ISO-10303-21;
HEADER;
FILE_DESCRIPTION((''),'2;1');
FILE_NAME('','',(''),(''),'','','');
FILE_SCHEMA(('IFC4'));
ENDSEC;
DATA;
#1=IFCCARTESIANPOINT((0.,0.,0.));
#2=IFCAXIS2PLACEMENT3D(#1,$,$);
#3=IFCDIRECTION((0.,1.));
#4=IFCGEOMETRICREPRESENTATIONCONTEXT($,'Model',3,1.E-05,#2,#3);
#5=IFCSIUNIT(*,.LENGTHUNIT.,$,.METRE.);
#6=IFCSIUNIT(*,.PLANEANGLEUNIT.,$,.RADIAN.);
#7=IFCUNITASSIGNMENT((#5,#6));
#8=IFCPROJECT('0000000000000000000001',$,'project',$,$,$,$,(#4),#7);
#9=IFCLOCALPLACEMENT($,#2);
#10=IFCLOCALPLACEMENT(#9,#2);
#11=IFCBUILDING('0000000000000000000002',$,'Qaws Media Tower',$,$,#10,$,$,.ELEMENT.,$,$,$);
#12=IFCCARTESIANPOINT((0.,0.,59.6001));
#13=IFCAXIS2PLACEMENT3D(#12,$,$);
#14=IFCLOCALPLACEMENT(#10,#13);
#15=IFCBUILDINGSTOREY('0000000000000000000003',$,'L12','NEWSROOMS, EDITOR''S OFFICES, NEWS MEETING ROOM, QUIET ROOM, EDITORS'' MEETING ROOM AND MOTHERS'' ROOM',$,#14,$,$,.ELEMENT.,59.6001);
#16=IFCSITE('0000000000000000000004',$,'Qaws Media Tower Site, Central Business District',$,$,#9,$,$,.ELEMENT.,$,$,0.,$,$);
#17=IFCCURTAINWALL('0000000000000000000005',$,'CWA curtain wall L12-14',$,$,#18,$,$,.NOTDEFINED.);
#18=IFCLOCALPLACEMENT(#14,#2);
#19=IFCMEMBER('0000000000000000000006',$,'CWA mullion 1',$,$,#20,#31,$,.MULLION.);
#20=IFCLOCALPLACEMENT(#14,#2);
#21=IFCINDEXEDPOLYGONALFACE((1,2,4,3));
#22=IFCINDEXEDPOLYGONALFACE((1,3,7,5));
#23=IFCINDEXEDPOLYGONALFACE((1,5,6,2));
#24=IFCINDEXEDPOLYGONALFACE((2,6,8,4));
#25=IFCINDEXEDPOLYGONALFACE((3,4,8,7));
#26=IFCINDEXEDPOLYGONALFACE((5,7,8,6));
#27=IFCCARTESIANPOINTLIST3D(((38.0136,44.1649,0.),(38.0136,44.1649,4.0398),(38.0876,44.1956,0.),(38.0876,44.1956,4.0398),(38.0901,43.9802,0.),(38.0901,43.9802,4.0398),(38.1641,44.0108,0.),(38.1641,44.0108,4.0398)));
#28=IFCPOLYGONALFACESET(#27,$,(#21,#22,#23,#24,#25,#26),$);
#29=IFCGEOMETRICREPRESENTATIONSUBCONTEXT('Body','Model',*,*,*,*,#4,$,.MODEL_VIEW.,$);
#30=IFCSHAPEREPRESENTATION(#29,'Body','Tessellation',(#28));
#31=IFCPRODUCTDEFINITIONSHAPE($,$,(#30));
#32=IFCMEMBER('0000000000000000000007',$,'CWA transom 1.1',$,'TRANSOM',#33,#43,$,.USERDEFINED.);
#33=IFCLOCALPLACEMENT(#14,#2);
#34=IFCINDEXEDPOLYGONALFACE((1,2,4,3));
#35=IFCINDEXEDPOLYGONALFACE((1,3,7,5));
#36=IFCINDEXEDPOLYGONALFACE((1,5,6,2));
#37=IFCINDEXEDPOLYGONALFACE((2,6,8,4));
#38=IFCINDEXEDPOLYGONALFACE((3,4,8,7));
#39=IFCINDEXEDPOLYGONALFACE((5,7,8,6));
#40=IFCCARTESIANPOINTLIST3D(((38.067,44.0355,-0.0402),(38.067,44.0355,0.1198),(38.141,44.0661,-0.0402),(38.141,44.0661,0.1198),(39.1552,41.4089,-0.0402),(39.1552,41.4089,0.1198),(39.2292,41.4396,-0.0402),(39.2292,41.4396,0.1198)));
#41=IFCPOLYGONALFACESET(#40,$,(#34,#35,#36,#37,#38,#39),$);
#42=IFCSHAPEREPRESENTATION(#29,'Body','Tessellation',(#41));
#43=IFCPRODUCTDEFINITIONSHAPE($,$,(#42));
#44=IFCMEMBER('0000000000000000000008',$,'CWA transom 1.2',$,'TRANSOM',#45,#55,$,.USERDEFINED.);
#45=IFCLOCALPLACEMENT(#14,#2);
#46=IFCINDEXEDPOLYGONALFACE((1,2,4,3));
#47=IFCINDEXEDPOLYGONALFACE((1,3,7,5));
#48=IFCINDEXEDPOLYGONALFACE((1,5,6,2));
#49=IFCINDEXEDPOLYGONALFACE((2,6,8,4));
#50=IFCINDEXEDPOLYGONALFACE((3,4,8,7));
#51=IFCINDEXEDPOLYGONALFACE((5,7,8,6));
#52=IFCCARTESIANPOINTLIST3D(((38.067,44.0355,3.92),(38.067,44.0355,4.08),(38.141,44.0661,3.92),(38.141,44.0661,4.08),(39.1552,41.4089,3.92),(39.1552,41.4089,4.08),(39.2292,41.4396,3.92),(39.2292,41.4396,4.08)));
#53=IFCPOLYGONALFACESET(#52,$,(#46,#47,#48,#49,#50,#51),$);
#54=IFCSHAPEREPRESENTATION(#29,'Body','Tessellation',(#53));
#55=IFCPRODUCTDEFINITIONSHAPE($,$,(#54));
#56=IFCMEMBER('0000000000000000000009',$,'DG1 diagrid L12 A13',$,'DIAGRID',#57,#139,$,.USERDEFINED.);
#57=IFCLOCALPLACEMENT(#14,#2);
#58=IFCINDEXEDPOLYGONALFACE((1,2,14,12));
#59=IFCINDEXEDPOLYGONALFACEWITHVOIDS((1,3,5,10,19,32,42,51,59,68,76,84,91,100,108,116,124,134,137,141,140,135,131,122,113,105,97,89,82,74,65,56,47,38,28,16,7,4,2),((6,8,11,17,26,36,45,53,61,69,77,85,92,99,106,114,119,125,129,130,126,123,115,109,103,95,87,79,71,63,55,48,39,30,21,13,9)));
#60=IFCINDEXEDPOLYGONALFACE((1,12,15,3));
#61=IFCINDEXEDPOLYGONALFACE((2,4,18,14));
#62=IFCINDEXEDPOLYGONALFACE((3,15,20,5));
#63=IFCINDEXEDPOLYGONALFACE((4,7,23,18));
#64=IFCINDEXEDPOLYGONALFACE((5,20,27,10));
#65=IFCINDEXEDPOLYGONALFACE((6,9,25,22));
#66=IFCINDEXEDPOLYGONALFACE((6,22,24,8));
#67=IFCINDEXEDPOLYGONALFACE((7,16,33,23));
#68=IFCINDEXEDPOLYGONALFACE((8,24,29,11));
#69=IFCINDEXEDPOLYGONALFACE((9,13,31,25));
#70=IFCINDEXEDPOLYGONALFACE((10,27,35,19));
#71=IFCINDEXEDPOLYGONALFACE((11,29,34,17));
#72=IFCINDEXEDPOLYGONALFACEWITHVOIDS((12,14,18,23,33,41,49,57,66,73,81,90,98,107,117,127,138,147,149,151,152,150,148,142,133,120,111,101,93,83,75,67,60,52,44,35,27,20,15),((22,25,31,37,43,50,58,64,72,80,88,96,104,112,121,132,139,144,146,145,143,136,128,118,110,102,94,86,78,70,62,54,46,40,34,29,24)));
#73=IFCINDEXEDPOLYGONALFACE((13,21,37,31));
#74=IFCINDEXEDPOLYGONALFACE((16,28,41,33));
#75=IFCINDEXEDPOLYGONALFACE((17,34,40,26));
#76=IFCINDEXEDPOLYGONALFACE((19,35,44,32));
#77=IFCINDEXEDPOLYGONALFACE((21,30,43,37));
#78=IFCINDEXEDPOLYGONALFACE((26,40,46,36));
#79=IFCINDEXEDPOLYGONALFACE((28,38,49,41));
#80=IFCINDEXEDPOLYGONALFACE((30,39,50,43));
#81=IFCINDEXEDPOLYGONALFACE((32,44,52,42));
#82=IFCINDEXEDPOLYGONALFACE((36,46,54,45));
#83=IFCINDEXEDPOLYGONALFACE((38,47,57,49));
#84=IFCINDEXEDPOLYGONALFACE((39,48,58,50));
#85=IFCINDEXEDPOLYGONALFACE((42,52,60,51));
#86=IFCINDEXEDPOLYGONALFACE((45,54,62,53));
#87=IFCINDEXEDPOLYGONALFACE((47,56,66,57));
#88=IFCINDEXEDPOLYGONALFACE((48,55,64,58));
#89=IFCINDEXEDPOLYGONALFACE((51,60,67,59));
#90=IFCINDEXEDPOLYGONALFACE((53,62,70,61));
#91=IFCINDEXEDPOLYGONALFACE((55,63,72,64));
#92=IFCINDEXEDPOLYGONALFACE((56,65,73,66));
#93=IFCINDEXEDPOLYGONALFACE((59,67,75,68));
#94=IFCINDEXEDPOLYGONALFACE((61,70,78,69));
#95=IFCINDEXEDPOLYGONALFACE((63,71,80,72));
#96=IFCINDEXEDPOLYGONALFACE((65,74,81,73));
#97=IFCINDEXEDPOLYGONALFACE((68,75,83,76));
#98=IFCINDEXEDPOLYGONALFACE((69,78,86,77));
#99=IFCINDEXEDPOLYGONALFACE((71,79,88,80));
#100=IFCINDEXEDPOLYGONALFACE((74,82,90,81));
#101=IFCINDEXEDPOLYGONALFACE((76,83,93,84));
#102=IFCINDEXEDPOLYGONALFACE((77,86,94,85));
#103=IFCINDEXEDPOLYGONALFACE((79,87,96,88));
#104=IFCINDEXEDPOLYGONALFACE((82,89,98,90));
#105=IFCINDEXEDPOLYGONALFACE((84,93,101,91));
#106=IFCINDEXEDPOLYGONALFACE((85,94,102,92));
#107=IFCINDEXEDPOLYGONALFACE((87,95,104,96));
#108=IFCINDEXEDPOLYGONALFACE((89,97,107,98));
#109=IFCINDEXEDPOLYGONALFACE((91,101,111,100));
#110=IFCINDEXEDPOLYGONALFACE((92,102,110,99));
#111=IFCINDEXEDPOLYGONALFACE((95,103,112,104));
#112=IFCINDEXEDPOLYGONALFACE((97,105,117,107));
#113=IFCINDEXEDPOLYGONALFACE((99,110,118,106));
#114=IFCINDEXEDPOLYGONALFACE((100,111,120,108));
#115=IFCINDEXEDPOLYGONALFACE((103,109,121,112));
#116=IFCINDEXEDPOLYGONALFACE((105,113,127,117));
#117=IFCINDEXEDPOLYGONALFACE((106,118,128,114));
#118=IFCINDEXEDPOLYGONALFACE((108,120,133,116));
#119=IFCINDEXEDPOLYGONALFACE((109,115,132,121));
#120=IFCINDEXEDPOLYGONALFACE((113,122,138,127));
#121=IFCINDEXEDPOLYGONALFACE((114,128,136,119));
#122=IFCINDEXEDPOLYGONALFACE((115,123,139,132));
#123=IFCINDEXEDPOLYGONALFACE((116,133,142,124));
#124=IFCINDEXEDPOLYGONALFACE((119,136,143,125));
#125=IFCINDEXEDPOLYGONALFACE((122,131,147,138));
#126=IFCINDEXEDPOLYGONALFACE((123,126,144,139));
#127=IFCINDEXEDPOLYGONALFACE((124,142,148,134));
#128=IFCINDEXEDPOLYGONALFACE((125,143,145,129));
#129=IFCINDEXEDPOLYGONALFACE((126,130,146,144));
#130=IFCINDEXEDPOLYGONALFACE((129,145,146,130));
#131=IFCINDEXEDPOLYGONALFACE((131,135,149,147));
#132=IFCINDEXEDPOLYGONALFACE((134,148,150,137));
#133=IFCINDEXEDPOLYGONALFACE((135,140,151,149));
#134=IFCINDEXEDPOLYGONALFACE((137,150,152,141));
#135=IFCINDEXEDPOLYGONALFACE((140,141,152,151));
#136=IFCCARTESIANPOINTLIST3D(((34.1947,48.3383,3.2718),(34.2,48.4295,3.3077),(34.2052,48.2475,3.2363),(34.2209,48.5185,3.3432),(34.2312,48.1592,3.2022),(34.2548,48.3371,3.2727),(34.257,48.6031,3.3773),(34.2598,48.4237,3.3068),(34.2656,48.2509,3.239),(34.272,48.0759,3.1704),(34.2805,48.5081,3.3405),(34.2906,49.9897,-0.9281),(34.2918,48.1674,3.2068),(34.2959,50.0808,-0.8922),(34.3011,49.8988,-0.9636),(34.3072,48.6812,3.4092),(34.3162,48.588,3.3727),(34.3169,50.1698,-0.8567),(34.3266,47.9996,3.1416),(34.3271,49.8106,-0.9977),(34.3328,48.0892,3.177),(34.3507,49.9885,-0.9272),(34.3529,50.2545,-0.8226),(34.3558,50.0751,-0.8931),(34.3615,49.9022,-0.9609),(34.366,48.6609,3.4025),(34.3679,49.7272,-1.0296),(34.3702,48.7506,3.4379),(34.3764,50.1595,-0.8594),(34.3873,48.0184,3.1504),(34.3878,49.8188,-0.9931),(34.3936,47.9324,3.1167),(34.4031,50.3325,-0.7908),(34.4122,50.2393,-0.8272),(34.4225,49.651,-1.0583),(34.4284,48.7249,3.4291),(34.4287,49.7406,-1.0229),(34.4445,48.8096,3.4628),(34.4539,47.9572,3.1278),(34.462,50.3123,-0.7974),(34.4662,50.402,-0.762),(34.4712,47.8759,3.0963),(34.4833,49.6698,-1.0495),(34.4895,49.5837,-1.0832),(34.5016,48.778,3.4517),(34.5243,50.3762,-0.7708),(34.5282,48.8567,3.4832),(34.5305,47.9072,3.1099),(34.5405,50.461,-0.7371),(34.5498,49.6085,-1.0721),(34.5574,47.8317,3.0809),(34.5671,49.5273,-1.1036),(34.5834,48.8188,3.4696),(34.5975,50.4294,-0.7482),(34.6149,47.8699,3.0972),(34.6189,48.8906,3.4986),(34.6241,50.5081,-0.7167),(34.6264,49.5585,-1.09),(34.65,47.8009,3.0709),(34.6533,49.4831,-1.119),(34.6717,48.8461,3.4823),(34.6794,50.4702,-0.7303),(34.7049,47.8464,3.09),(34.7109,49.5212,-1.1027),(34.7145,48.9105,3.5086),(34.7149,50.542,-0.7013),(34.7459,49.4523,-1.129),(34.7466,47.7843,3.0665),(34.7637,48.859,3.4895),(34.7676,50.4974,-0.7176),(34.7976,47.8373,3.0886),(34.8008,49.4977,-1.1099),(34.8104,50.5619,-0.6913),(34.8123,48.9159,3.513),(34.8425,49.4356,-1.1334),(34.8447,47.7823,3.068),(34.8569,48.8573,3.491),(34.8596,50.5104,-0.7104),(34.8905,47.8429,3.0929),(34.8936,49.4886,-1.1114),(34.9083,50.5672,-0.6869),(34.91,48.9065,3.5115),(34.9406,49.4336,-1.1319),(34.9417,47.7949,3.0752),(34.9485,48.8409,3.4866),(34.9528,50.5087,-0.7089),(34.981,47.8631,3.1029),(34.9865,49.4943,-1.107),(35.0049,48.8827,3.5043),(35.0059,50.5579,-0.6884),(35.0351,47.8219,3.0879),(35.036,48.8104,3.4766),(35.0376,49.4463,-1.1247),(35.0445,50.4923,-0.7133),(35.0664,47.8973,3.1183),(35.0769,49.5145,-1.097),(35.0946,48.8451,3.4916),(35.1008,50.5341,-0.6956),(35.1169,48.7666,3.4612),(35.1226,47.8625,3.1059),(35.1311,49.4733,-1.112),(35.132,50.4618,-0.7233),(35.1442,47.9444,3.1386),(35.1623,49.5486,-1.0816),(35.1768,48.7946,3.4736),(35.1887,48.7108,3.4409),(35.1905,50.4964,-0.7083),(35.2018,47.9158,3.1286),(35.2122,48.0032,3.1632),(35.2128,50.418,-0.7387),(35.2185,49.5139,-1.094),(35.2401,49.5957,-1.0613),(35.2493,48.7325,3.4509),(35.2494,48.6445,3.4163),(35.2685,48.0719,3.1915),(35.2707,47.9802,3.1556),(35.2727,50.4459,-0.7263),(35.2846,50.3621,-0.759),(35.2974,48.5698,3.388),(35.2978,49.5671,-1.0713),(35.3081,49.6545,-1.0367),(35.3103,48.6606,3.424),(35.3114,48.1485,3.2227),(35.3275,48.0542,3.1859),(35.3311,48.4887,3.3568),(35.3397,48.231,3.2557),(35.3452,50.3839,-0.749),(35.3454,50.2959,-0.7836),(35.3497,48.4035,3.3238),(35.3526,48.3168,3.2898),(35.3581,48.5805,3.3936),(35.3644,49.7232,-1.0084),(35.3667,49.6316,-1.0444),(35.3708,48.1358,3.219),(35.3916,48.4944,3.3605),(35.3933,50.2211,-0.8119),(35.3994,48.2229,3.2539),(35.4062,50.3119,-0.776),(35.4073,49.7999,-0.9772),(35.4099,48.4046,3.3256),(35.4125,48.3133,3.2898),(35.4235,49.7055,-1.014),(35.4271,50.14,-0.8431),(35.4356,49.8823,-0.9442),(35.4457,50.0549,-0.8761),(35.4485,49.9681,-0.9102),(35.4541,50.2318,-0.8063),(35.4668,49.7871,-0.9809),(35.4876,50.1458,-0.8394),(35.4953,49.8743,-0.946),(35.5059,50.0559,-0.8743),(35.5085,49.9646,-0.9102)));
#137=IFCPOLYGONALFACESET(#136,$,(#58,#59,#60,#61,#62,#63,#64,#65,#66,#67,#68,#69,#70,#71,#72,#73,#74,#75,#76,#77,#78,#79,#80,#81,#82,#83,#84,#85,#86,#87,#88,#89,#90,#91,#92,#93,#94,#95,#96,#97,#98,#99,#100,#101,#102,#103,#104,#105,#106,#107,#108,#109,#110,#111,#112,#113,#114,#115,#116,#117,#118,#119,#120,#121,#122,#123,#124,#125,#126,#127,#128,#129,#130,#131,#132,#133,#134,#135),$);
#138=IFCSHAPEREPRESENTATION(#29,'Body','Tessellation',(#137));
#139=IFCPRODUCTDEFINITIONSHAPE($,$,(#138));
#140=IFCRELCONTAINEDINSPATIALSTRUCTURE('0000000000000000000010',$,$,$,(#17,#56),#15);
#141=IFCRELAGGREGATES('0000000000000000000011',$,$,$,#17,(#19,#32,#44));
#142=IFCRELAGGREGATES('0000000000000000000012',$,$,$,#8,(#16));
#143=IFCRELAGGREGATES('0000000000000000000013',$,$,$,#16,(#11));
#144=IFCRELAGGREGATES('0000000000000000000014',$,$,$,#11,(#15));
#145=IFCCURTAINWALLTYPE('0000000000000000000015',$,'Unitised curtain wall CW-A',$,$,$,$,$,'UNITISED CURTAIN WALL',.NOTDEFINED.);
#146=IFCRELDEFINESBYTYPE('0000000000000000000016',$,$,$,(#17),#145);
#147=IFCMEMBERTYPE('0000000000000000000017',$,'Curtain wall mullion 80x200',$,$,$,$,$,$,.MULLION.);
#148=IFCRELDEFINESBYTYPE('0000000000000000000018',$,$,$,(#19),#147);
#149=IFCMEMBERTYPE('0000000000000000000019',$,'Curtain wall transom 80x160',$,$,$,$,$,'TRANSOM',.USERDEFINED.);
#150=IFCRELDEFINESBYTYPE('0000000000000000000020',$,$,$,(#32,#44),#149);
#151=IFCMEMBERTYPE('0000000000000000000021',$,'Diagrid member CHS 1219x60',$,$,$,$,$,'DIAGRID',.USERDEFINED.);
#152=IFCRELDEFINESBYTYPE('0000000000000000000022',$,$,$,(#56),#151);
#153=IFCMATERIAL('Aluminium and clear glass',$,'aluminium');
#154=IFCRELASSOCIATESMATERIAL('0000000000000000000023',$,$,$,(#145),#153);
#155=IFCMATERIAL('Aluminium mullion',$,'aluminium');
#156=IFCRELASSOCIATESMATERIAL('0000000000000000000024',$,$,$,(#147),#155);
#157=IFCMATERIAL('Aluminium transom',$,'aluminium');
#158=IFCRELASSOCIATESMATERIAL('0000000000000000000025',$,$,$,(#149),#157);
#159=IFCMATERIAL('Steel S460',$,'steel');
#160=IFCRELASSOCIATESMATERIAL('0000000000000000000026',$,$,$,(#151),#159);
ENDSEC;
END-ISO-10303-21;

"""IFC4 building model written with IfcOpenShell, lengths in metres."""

from ifc_helpers import new_model, si_unit, direction, frame, origin, origin_2d, place, context, subcontext, project, spatial, rectangle, hollow_circle, extrude, material, material_profile, profile_set, type_object, element, aggregate, save


model = new_model("IFC4")

# Units and contexts
model_context = context("Model", 3, precision=1e-05, world=origin(), true_north=direction((0.0, 1.0)))
body_context = subcontext(model_context, "Body", "Model", "MODEL_VIEW")
ifc_project = project(units=[si_unit("LENGTHUNIT", "METRE"), si_unit("PLANEANGLEUNIT", "RADIAN")], contexts=[model_context])

# Site, building, storey
site_placement = place(None, origin())
site = spatial("IfcSite", under=ifc_project, at=site_placement, Name="Qaws Media Tower Site, Central Business District", CompositionType="ELEMENT", RefElevation=0.0)
building_placement = place(site_placement, origin())
building = spatial("IfcBuilding", under=site, at=building_placement, Name="Qaws Media Tower", CompositionType="ELEMENT")
storey_placement = place(building_placement, frame((0.0, 0.0, 59.6001)))
storey = spatial("IfcBuildingStorey", under=building, at=storey_placement, Name="L12", Description="NEWSROOMS, EDITOR'S OFFICES, NEWS MEETING ROOM, QUIET ROOM, EDITORS' MEETING ROOM AND MOTHERS' ROOM", CompositionType="ELEMENT", Elevation=59.6001)

# Curtain wall, members
ifc_material_1 = material(Name="Aluminium and clear glass", Category="aluminium")
curtain_wall_type = type_object("IfcCurtainWallType", Name="Unitised curtain wall CW-A", ElementType="UNITISED CURTAIN WALL", PredefinedType="NOTDEFINED", material=ifc_material_1)
curtain_wall_placement = place(storey_placement, origin())
curtain_wall = element("IfcCurtainWall", 1, at=curtain_wall_placement, inside=storey, type_object=curtain_wall_type, Name="CWA curtain wall L12-14", PredefinedType="NOTDEFINED")
ifc_material_2 = material(Name="Aluminium mullion", Category="aluminium")
ifc_material_profile_1 = material_profile(ifc_material_2, rectangle(XDim=0.0801, YDim=0.2, at=origin_2d()), Name="80x200")
ifc_profile_set_1 = profile_set([ifc_material_profile_1], Name="Aluminium mullion")
member_type_1 = type_object("IfcMemberType", Name="Curtain wall mullion 80x200", PredefinedType="MULLION", material=ifc_profile_set_1)
member_1_placement = place(storey_placement, frame((38.0889, 44.0879, 0.0), z_axis=(0.0, 0.0, 1.0), x_axis=(0.92388, 0.382683, 0.0)))
member_1 = element("IfcMember", 2, at=member_1_placement, type_object=member_type_1, Name="CWA mullion 1", PredefinedType="MULLION", context=body_context, shape_type="SweptSolid", body=[
    extrude(rectangle(XDim=0.0801, YDim=0.2, at=origin_2d()), origin(), (0.0, 0.0, 1.0), 4.0398),
])
ifc_material_3 = material(Name="Aluminium transom", Category="aluminium")
ifc_material_profile_2 = material_profile(ifc_material_3, rectangle(XDim=0.0801, YDim=0.1599, at=origin_2d()), Name="80x160")
ifc_profile_set_2 = profile_set([ifc_material_profile_2], Name="Aluminium transom")
member_type_2 = type_object("IfcMemberType", Name="Curtain wall transom 80x160", ElementType="TRANSOM", PredefinedType="USERDEFINED", material=ifc_profile_set_2)
member_2_placement = place(storey_placement, frame((38.104, 44.0508, 0.0398), z_axis=(0.382749, -0.923852, 0.0), x_axis=(0.923852, 0.382749, 0.0)))
member_2 = element("IfcMember", 3, at=member_2_placement, type_object=member_type_2, Name="CWA transom 1.1", ObjectType="TRANSOM", PredefinedType="USERDEFINED", context=body_context, shape_type="SweptSolid", body=[
    extrude(rectangle(XDim=0.0801, YDim=0.1599, at=origin_2d()), origin(), (0.0, 0.0, 1.0), 2.843),
])
member_3_placement = place(storey_placement, frame((38.104, 44.0508, 4.0), z_axis=(0.382749, -0.923852, 0.0), x_axis=(0.923852, 0.382749, 0.0)))
member_3 = element("IfcMember", 4, at=member_3_placement, type_object=member_type_2, Name="CWA transom 1.2", ObjectType="TRANSOM", PredefinedType="USERDEFINED", context=body_context, shape_type="SweptSolid", body=[
    extrude(rectangle(XDim=0.0801, YDim=0.1599, at=origin_2d()), origin(), (0.0, 0.0, 1.0), 2.843),
])
aggregate(curtain_wall, [member_1, member_2, member_3])

# Member
ifc_material_4 = material(Name="Steel S460", Category="steel")
ifc_material_profile_3 = material_profile(ifc_material_4, hollow_circle(Radius=0.6096, WallThickness=0.0601, at=origin_2d()), Name="CHS 1219x60")
ifc_profile_set_3 = profile_set([ifc_material_profile_3], Name="Steel S460")
member_type_3 = type_object("IfcMemberType", Name="Diagrid member CHS 1219x60", ElementType="DIAGRID", PredefinedType="USERDEFINED", material=ifc_profile_set_3)
for number, where, z_axis, x_axis, name in (
    (5, (34.8999, 50.0, -0.9102), (-0.021256, -0.365836, 0.930437), (0.998316, -0.058004, 0.0), "DG1 diagrid L12 A13"),
):
    element("IfcMember", number, at=place(storey_placement, frame(where, z_axis=z_axis, x_axis=x_axis)), inside=storey, type_object=member_type_3, Name=name, ObjectType="DIAGRID", PredefinedType="USERDEFINED", context=body_context, shape_type="SweptSolid", body=[
        extrude(hollow_circle(Radius=0.6096, WallThickness=0.0601, at=origin_2d()), origin(), (0.0, 0.0, 1.0), 4.5139),
    ])

save(model, "model.ifc")
